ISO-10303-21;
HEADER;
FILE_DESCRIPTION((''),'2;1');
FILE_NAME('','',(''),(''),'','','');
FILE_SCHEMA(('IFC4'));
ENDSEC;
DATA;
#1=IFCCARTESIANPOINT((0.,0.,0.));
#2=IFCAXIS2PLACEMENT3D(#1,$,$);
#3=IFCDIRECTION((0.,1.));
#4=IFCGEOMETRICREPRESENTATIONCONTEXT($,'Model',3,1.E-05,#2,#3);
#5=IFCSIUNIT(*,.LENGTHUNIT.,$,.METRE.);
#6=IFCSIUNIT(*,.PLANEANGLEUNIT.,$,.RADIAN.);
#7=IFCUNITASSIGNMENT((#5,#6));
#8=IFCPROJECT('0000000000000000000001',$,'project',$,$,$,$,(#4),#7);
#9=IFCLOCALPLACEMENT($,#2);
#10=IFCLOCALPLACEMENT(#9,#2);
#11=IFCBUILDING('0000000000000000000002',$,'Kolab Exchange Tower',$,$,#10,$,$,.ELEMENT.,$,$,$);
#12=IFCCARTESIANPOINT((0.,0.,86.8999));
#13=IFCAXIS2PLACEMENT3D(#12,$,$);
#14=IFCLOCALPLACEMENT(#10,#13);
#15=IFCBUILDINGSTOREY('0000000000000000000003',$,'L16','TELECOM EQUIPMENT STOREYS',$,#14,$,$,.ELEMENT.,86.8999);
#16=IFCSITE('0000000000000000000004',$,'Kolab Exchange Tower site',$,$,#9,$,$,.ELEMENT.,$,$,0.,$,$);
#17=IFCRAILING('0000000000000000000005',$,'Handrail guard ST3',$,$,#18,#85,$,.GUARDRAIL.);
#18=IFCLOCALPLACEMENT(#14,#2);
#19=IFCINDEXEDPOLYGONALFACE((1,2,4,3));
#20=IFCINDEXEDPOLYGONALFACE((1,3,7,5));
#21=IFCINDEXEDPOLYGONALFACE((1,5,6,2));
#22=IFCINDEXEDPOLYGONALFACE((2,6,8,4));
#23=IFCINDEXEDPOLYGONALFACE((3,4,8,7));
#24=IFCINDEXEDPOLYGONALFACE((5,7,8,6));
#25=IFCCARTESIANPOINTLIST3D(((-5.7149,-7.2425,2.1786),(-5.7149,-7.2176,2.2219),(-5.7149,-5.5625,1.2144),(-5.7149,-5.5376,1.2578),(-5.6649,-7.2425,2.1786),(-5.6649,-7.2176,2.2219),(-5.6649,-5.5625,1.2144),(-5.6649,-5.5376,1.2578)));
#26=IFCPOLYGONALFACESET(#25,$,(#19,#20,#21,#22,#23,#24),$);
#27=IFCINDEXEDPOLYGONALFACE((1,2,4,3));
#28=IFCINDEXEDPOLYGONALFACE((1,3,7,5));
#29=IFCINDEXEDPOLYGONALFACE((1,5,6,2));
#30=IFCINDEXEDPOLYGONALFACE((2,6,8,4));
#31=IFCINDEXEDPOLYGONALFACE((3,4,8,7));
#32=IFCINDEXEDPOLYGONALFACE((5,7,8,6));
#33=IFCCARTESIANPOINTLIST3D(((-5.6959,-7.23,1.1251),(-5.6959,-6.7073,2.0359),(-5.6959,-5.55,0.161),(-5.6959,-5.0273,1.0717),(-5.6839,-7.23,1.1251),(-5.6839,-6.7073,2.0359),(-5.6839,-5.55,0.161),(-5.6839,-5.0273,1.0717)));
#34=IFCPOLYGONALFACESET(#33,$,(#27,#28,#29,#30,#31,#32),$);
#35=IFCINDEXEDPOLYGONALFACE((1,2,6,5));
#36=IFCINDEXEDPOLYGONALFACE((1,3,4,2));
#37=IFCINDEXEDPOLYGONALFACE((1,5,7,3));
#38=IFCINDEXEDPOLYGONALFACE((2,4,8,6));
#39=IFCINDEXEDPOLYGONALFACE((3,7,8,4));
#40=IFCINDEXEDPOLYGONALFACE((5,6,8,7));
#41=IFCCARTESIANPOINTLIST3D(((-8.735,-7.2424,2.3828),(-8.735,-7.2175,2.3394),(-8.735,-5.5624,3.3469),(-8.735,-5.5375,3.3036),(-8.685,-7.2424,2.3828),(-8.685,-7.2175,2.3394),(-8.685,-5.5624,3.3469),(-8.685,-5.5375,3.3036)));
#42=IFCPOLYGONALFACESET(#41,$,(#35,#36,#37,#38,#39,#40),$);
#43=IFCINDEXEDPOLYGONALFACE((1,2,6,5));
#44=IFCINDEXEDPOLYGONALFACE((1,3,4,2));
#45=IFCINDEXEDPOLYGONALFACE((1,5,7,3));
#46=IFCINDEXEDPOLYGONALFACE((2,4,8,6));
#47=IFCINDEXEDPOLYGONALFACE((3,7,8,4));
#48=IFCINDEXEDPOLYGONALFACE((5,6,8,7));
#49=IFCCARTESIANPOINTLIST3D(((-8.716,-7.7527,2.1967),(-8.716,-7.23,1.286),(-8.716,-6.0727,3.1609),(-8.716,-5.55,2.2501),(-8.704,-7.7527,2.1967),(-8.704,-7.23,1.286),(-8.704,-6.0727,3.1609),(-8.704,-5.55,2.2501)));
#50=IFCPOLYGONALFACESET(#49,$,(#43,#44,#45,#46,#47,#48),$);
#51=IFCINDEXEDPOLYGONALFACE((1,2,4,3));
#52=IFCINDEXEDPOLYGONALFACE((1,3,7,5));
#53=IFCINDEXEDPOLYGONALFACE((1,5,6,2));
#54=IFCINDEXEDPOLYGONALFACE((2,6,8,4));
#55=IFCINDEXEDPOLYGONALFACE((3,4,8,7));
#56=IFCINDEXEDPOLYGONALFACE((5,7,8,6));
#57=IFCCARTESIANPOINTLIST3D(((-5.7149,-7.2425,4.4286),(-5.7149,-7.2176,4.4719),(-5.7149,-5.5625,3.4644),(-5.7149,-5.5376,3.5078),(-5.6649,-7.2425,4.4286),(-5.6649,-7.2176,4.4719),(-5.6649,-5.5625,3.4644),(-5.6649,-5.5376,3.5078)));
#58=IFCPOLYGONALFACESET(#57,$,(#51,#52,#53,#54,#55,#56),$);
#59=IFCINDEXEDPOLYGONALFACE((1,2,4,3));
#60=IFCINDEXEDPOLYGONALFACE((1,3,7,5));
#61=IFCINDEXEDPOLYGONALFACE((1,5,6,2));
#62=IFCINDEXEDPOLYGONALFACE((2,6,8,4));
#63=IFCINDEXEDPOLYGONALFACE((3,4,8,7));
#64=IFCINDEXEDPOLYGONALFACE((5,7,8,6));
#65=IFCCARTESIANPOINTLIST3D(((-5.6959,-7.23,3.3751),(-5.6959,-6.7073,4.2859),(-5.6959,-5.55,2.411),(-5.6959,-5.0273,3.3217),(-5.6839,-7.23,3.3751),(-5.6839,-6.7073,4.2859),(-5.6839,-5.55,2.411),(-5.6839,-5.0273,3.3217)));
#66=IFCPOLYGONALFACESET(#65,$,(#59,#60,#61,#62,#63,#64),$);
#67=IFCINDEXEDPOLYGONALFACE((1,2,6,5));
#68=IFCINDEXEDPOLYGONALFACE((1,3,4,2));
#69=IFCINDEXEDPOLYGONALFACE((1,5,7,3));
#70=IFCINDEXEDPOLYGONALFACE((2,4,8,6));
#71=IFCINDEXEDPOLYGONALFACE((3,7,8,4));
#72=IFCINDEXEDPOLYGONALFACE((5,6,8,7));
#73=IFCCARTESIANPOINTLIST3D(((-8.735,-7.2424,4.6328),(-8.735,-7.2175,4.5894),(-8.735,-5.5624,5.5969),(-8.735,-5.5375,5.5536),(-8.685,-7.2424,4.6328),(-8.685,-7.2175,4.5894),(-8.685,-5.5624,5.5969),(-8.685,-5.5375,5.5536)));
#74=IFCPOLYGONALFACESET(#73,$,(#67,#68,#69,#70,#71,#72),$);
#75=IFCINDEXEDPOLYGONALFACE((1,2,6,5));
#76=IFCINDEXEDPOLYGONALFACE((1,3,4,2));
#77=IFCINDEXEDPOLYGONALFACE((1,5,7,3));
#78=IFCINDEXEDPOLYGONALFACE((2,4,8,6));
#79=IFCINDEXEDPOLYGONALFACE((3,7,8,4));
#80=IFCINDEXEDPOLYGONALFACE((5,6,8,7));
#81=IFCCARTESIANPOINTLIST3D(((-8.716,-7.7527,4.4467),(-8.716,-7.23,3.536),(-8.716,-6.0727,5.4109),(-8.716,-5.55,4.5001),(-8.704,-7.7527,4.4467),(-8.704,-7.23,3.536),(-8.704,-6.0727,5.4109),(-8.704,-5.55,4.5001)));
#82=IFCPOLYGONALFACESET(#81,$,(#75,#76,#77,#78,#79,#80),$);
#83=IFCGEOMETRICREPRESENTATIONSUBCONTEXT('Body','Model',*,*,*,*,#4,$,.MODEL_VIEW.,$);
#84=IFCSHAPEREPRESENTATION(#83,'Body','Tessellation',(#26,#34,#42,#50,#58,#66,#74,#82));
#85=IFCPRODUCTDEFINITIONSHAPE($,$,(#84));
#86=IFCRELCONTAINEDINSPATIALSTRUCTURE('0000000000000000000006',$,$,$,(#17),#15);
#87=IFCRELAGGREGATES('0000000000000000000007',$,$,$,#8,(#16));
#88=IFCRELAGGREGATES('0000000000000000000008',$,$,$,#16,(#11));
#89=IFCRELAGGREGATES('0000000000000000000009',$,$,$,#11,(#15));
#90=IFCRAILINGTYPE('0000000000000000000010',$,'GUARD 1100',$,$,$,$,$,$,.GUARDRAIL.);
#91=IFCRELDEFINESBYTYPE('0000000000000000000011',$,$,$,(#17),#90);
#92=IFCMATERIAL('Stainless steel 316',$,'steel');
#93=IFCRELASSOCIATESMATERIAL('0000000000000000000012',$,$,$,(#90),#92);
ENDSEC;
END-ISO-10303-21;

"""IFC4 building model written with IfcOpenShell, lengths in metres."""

from ifc_helpers import new_model, si_unit, direction, frame, frame_2d, origin, origin_2d, place, context, subcontext, project, spatial, rectangle, extrude, material, type_object, element, save


model = new_model("IFC4")

# Units and contexts
model_context = context("Model", 3, precision=1e-05, world=origin(), true_north=direction((0.0, 1.0)))
body_context = subcontext(model_context, "Body", "Model", "MODEL_VIEW")
ifc_project = project(units=[si_unit("LENGTHUNIT", "METRE"), si_unit("PLANEANGLEUNIT", "RADIAN")], contexts=[model_context])

# Site, building, storey
site_placement = place(None, origin())
site = spatial("IfcSite", under=ifc_project, at=site_placement, Name="Kolab Exchange Tower site", CompositionType="ELEMENT", RefElevation=0.0)
building_placement = place(site_placement, origin())
building = spatial("IfcBuilding", under=site, at=building_placement, Name="Kolab Exchange Tower", CompositionType="ELEMENT")
storey_placement = place(building_placement, frame((0.0, 0.0, 86.8999)))
storey = spatial("IfcBuildingStorey", under=building, at=storey_placement, Name="L16", Description="TELECOM EQUIPMENT STOREYS", CompositionType="ELEMENT", Elevation=86.8999)

# Shared definitions
ifc_material_1 = material(Name="Stainless steel 316", Category="steel")

# Railing
railing_type = type_object("IfcRailingType", Name="GUARD 1100", PredefinedType="GUARDRAIL", material=ifc_material_1)
railing_placement = place(storey_placement, frame((-5.6899, -5.55, 0.1609)))
element("IfcRailing", 1, at=railing_placement, inside=storey, type_object=railing_type, Name="Handrail guard ST3", PredefinedType="GUARDRAIL", context=body_context, shape_type="SweptSolid", body=[
    extrude(rectangle(XDim=0.05, YDim=0.05, at=origin_2d()), frame((0.0, 0.0, 1.0752), z_axis=(0.0, -0.867319, 0.497753), x_axis=(1.0, 0.0, 0.0)), (0.0, 0.0, 1.0), 1.937),
    extrude(rectangle(XDim=0.012, YDim=1.0501, at=frame_2d((0.0, 0.5251))), frame((0.0, 0.0, 0.0), z_axis=(0.0, -0.867319, 0.497753), x_axis=(1.0, 0.0, 0.0)), (0.0, 0.0, 1.0), 1.937),
    extrude(rectangle(XDim=0.05, YDim=0.05, at=origin_2d()), frame((-3.02, -1.6799, 2.2002), z_axis=(0.0, 0.867319, 0.497753), x_axis=(-1.0, 0.0, 0.0)), (0.0, 0.0, 1.0), 1.937),
    extrude(rectangle(XDim=0.012, YDim=1.0501, at=frame_2d((0.0, 0.5251))), frame((-3.02, -1.6799, 1.125), z_axis=(0.0, 0.867319, 0.497753), x_axis=(-1.0, 0.0, 0.0)), (0.0, 0.0, 1.0), 1.937),
    extrude(rectangle(XDim=0.05, YDim=0.05, at=origin_2d()), frame((0.0, 0.0, 3.3252), z_axis=(0.0, -0.867319, 0.497753), x_axis=(1.0, 0.0, 0.0)), (0.0, 0.0, 1.0), 1.937),
    extrude(rectangle(XDim=0.012, YDim=1.0501, at=frame_2d((0.0, 0.5251))), frame((0.0, 0.0, 2.25), z_axis=(0.0, -0.867319, 0.497753), x_axis=(1.0, 0.0, 0.0)), (0.0, 0.0, 1.0), 1.937),
    extrude(rectangle(XDim=0.05, YDim=0.05, at=origin_2d()), frame((-3.02, -1.6799, 4.4502), z_axis=(0.0, 0.867319, 0.497753), x_axis=(-1.0, 0.0, 0.0)), (0.0, 0.0, 1.0), 1.937),
    extrude(rectangle(XDim=0.012, YDim=1.0501, at=frame_2d((0.0, 0.5251))), frame((-3.02, -1.6799, 3.375), z_axis=(0.0, 0.867319, 0.497753), x_axis=(-1.0, 0.0, 0.0)), (0.0, 0.0, 1.0), 1.937),
])

save(model, "model.ifc")
